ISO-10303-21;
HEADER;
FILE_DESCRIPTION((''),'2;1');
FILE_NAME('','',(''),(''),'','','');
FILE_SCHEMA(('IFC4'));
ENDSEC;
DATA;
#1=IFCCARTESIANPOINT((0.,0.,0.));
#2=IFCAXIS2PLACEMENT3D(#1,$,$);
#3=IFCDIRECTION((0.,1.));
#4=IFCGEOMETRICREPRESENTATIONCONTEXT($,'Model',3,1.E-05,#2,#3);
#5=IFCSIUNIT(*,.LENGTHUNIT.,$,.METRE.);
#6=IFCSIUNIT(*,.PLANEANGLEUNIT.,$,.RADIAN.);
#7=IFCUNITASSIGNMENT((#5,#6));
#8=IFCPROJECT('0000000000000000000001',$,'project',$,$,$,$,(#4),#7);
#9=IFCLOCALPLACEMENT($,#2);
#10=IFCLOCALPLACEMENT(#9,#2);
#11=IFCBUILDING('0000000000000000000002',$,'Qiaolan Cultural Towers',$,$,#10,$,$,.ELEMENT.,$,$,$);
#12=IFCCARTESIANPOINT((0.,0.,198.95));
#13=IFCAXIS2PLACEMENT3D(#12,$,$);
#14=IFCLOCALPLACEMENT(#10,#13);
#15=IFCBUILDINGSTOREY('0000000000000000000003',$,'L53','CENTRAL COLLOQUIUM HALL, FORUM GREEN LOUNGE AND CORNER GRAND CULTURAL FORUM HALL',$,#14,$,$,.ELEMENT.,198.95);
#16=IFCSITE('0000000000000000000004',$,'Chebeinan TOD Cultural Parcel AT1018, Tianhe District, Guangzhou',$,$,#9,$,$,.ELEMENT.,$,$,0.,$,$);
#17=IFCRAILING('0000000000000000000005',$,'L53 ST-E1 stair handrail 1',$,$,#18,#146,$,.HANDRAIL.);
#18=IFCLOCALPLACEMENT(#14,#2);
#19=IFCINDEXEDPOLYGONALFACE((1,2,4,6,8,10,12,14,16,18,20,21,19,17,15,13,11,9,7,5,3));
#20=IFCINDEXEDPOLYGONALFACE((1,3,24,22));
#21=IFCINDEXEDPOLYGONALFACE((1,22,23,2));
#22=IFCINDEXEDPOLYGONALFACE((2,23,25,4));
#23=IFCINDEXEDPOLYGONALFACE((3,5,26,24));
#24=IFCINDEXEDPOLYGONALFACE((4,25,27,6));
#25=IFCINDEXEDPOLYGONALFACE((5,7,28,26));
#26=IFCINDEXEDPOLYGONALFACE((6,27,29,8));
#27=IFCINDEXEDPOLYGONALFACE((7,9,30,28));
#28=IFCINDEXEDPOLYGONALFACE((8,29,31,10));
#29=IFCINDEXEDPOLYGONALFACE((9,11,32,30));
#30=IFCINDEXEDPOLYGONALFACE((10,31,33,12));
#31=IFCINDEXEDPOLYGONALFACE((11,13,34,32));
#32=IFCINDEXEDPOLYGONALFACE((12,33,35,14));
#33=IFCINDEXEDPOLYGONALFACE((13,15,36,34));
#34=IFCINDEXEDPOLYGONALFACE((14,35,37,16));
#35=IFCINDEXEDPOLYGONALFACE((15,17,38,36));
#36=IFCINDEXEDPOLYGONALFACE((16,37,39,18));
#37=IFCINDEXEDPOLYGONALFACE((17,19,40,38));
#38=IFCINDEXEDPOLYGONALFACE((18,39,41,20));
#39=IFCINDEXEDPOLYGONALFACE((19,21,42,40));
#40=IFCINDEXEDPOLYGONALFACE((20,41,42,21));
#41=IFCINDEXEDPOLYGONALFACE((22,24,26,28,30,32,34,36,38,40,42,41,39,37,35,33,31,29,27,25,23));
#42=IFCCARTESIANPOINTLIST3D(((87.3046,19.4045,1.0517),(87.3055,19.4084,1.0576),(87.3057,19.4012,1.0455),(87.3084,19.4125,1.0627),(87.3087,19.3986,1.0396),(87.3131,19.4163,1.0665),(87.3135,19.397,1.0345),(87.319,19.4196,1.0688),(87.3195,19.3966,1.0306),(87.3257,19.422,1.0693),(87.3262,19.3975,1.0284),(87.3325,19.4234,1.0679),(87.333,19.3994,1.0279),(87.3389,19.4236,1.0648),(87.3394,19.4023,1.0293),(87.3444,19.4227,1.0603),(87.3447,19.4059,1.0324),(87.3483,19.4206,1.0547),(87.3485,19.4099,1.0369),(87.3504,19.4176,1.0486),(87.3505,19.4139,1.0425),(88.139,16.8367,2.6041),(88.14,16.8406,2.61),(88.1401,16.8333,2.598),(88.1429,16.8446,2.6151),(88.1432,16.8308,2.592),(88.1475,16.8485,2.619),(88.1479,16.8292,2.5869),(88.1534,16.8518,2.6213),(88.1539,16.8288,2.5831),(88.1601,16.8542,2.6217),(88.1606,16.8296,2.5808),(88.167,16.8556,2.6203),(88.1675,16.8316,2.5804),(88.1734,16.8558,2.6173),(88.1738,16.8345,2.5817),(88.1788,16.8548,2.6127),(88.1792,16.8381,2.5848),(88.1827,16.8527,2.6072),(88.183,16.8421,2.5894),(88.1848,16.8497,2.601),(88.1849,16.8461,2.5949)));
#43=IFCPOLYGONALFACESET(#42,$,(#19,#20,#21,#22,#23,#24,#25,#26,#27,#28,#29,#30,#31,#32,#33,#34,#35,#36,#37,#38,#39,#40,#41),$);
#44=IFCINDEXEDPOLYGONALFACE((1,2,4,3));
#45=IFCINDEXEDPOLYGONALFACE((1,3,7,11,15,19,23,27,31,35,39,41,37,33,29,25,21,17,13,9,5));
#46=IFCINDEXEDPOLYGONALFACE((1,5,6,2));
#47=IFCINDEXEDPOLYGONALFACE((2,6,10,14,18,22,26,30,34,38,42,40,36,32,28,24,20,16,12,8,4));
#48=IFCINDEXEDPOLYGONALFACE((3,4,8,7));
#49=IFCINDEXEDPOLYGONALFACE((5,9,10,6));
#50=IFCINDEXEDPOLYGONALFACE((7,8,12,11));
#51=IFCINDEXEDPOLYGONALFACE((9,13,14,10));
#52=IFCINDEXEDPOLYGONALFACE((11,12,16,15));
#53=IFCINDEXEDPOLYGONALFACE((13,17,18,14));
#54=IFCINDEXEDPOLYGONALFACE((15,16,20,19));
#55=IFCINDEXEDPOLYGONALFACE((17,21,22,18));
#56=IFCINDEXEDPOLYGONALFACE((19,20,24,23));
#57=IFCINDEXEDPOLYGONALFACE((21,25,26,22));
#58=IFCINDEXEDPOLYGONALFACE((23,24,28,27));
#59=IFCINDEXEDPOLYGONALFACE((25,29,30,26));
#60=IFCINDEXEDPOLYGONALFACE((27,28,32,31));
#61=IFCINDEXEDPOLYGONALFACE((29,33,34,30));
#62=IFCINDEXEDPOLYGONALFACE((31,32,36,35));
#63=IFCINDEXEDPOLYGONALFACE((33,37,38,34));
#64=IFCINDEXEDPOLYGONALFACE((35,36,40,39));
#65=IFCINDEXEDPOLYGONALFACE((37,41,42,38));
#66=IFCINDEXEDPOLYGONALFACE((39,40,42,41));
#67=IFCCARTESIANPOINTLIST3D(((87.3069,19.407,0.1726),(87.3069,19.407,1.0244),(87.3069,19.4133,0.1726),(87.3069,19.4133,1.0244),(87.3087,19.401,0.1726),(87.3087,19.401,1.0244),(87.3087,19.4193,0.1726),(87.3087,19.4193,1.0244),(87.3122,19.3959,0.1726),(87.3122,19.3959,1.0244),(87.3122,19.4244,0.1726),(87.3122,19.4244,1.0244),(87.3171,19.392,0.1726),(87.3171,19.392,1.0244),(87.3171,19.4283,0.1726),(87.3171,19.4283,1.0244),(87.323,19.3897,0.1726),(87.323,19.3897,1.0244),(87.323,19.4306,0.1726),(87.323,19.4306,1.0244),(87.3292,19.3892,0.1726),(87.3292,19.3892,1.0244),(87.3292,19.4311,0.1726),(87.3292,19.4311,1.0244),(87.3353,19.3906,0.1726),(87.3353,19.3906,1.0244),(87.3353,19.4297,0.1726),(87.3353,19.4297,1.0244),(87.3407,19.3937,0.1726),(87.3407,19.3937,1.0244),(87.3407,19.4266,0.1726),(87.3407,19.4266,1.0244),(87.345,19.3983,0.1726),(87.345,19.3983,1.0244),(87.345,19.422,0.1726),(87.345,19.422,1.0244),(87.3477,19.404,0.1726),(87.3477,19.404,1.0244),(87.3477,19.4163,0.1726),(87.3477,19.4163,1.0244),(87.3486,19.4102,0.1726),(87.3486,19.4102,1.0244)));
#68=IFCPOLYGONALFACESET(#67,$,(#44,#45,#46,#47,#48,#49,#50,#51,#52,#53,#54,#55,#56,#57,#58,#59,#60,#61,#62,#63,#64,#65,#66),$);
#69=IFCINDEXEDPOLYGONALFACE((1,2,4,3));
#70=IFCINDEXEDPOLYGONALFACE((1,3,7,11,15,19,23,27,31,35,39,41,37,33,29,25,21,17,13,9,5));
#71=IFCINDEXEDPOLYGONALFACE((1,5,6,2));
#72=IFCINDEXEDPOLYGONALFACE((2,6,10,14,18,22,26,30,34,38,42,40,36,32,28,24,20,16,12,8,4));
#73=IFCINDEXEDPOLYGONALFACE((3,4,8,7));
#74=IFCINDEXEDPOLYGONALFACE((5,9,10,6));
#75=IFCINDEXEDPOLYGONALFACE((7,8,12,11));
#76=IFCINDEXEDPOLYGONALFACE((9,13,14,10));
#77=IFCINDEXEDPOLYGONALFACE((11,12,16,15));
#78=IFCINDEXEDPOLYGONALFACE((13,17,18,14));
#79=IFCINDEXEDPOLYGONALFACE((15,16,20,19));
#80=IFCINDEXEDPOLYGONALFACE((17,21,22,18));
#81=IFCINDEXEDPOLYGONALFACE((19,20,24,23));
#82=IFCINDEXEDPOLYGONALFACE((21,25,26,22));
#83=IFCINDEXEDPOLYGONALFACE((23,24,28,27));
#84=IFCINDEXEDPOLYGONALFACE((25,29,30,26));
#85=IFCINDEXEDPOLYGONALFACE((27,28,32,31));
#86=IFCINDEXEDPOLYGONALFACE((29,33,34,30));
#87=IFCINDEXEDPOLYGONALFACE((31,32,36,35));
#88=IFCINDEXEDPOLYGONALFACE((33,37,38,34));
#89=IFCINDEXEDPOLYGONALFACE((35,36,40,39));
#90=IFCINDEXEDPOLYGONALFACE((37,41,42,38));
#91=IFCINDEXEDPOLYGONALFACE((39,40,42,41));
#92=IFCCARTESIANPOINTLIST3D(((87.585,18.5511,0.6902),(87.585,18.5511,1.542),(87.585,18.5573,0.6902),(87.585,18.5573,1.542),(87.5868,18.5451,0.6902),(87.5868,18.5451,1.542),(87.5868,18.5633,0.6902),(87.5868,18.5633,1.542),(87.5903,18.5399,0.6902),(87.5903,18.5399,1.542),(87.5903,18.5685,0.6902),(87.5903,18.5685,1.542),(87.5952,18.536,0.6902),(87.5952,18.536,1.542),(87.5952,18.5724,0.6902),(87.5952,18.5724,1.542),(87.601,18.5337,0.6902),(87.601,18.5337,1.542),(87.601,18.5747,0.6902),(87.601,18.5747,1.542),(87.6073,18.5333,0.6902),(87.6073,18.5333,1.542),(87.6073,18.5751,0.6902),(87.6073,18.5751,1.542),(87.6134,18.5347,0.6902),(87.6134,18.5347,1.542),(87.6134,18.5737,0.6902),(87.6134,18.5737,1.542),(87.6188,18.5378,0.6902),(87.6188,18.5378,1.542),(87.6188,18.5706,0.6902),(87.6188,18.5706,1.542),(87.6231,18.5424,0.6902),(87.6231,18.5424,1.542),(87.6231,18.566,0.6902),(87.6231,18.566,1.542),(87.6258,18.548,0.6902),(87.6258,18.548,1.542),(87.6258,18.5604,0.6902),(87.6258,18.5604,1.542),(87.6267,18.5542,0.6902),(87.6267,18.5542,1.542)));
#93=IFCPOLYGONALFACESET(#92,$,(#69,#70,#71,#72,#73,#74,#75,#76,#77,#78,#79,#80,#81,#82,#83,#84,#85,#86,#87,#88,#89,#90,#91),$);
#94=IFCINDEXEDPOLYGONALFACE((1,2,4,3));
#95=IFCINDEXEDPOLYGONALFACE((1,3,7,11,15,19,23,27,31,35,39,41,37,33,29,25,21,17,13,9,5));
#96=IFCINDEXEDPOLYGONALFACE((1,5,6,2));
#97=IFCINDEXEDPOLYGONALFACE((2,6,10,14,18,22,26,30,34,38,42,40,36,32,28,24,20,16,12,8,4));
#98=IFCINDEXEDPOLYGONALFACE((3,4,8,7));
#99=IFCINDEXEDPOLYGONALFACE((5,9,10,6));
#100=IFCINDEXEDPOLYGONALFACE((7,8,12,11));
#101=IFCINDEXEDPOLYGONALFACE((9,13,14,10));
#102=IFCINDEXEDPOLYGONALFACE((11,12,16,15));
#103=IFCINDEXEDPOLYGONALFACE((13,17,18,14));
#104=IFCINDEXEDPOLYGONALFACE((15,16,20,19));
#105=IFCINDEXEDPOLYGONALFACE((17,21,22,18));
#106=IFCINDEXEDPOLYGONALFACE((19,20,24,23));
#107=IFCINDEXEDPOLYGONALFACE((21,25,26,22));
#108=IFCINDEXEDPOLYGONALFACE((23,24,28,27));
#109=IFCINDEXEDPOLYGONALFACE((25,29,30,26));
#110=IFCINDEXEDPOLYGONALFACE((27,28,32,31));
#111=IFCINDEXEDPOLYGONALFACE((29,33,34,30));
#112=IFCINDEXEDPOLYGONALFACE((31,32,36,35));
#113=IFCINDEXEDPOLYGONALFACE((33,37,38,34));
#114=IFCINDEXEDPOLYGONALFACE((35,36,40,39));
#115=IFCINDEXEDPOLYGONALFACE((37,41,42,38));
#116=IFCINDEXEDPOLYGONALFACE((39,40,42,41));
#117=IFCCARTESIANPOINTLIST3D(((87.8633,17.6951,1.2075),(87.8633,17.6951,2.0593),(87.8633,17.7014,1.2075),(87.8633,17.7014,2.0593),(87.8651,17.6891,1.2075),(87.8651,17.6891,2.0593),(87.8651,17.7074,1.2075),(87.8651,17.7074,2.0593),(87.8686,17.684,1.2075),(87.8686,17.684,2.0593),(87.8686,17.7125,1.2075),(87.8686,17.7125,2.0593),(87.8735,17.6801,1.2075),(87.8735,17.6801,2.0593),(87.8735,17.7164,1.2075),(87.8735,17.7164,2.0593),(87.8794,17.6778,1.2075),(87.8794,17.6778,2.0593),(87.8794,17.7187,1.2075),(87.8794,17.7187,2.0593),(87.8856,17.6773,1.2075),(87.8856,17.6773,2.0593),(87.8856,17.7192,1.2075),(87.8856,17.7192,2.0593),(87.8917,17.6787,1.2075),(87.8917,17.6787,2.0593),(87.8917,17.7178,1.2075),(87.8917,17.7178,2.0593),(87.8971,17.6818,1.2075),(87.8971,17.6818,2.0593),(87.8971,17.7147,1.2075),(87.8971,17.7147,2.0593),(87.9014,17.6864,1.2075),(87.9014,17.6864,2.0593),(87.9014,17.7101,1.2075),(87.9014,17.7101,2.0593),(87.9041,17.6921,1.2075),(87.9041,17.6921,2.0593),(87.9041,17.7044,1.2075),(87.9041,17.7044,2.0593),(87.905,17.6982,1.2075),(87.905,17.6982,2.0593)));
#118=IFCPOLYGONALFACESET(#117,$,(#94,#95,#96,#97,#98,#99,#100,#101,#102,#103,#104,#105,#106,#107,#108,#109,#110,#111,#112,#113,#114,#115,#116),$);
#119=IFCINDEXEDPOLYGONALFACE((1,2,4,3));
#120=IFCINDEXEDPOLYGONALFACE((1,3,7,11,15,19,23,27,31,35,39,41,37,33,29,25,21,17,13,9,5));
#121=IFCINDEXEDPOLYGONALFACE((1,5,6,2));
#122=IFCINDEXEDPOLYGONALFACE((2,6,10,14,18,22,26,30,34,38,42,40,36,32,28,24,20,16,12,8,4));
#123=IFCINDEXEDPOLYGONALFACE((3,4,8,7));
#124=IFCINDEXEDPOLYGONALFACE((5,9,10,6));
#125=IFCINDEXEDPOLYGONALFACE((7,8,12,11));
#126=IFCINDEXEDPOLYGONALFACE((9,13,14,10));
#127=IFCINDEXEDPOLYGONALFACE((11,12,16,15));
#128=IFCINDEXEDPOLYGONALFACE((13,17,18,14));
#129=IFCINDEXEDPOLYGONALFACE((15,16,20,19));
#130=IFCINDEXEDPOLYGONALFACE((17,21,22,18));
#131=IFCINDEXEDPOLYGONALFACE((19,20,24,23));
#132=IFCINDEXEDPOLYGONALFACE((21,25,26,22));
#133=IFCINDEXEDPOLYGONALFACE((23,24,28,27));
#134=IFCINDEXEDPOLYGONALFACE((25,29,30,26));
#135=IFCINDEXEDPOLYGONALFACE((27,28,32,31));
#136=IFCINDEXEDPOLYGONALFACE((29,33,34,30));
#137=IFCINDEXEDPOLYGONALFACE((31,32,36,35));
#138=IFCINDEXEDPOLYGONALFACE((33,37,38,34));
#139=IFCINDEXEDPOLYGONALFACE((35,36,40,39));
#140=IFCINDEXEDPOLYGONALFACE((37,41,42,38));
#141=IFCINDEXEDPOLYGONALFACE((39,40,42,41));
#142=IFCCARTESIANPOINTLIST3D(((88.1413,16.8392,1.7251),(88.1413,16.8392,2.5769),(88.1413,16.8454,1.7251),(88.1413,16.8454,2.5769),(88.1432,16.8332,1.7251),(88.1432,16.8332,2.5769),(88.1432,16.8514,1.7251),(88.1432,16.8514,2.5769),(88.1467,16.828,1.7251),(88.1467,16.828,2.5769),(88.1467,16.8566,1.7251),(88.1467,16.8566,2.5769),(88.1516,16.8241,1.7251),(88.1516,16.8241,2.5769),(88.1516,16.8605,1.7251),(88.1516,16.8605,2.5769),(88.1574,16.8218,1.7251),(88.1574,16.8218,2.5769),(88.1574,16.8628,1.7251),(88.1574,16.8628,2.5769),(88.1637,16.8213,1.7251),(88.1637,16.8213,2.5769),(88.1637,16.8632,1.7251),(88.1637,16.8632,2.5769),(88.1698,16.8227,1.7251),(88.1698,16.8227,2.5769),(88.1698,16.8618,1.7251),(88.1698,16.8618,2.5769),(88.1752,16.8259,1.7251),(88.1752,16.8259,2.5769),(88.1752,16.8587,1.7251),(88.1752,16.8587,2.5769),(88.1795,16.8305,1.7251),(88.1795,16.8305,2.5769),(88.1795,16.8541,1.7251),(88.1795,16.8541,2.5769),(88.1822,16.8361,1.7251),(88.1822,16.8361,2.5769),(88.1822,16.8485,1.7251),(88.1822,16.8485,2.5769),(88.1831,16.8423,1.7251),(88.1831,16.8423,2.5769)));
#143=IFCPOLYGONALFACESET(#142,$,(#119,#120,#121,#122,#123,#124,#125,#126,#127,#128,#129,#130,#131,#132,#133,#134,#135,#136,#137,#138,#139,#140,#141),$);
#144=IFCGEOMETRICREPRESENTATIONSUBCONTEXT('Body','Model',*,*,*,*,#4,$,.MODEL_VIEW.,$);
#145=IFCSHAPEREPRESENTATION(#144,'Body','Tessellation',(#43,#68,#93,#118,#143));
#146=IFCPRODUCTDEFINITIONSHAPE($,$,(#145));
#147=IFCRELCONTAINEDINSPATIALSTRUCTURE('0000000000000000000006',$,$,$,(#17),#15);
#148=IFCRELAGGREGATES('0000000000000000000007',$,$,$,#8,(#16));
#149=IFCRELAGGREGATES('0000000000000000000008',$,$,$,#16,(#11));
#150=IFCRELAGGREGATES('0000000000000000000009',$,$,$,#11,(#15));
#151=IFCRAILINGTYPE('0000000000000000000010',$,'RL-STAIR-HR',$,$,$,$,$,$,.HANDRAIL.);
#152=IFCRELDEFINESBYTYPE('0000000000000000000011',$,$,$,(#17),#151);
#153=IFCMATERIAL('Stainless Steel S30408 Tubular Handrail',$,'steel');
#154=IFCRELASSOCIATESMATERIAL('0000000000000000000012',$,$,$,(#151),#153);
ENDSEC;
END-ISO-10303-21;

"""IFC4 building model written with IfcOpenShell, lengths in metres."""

from ifc_helpers import new_model, si_unit, direction, frame, origin, origin_2d, place, context, subcontext, project, spatial, circle, extrude, material, type_object, element, save


model = new_model("IFC4")

# Units and contexts
model_context = context("Model", 3, precision=1e-05, world=origin(), true_north=direction((0.0, 1.0)))
body_context = subcontext(model_context, "Body", "Model", "MODEL_VIEW")
ifc_project = project(units=[si_unit("LENGTHUNIT", "METRE"), si_unit("PLANEANGLEUNIT", "RADIAN")], contexts=[model_context])

# Site, building, storey
site_placement = place(None, origin())
site = spatial("IfcSite", under=ifc_project, at=site_placement, Name="Chebeinan TOD Cultural Parcel AT1018, Tianhe District, Guangzhou", CompositionType="ELEMENT", RefElevation=0.0)
building_placement = place(site_placement, origin())
building = spatial("IfcBuilding", under=site, at=building_placement, Name="Qiaolan Cultural Towers", CompositionType="ELEMENT")
storey_placement = place(building_placement, frame((0.0, 0.0, 198.95)))
storey = spatial("IfcBuildingStorey", under=building, at=storey_placement, Name="L53", Description="CENTRAL COLLOQUIUM HALL, FORUM GREEN LOUNGE AND CORNER GRAND CULTURAL FORUM HALL", CompositionType="ELEMENT", Elevation=198.95)

# Railing
ifc_material_1 = material(Name="Stainless Steel S30408 Tubular Handrail", Category="steel")
railing_type_1 = type_object("IfcRailingType", Name="RL-STAIR-HR", PredefinedType="HANDRAIL", material=ifc_material_1)
railing_1_placement = place(storey_placement, frame((87.3276, 19.4102, 0.1726)))
element("IfcRailing", 1, at=railing_1_placement, inside=storey, type_object=railing_type_1, Name="L53 ST-E1 stair handrail 1", PredefinedType="HANDRAIL", context=body_context, shape_type="SweptSolid", body=[
    extrude(circle(Radius=0.0239, at=origin_2d()), frame((0.0, 0.0, 0.876), z_axis=(0.267926, -0.824471, 0.498461), x_axis=(0.951043, 0.309057, 0.0)), (0.0, 0.0, 1.0), 3.1145),
    extrude(circle(Radius=0.021, at=origin_2d()), origin(), (0.0, 0.0, 1.0), 0.8518),
    extrude(circle(Radius=0.021, at=origin_2d()), frame((0.2781, -0.856, 0.5176)), (0.0, 0.0, 1.0), 0.8518),
    extrude(circle(Radius=0.021, at=origin_2d()), frame((0.5564, -1.7119, 1.0349)), (0.0, 0.0, 1.0), 0.8518),
    extrude(circle(Radius=0.021, at=origin_2d()), frame((0.8345, -2.5679, 1.5525)), (0.0, 0.0, 1.0), 0.8518),
])

save(model, "model.ifc")
